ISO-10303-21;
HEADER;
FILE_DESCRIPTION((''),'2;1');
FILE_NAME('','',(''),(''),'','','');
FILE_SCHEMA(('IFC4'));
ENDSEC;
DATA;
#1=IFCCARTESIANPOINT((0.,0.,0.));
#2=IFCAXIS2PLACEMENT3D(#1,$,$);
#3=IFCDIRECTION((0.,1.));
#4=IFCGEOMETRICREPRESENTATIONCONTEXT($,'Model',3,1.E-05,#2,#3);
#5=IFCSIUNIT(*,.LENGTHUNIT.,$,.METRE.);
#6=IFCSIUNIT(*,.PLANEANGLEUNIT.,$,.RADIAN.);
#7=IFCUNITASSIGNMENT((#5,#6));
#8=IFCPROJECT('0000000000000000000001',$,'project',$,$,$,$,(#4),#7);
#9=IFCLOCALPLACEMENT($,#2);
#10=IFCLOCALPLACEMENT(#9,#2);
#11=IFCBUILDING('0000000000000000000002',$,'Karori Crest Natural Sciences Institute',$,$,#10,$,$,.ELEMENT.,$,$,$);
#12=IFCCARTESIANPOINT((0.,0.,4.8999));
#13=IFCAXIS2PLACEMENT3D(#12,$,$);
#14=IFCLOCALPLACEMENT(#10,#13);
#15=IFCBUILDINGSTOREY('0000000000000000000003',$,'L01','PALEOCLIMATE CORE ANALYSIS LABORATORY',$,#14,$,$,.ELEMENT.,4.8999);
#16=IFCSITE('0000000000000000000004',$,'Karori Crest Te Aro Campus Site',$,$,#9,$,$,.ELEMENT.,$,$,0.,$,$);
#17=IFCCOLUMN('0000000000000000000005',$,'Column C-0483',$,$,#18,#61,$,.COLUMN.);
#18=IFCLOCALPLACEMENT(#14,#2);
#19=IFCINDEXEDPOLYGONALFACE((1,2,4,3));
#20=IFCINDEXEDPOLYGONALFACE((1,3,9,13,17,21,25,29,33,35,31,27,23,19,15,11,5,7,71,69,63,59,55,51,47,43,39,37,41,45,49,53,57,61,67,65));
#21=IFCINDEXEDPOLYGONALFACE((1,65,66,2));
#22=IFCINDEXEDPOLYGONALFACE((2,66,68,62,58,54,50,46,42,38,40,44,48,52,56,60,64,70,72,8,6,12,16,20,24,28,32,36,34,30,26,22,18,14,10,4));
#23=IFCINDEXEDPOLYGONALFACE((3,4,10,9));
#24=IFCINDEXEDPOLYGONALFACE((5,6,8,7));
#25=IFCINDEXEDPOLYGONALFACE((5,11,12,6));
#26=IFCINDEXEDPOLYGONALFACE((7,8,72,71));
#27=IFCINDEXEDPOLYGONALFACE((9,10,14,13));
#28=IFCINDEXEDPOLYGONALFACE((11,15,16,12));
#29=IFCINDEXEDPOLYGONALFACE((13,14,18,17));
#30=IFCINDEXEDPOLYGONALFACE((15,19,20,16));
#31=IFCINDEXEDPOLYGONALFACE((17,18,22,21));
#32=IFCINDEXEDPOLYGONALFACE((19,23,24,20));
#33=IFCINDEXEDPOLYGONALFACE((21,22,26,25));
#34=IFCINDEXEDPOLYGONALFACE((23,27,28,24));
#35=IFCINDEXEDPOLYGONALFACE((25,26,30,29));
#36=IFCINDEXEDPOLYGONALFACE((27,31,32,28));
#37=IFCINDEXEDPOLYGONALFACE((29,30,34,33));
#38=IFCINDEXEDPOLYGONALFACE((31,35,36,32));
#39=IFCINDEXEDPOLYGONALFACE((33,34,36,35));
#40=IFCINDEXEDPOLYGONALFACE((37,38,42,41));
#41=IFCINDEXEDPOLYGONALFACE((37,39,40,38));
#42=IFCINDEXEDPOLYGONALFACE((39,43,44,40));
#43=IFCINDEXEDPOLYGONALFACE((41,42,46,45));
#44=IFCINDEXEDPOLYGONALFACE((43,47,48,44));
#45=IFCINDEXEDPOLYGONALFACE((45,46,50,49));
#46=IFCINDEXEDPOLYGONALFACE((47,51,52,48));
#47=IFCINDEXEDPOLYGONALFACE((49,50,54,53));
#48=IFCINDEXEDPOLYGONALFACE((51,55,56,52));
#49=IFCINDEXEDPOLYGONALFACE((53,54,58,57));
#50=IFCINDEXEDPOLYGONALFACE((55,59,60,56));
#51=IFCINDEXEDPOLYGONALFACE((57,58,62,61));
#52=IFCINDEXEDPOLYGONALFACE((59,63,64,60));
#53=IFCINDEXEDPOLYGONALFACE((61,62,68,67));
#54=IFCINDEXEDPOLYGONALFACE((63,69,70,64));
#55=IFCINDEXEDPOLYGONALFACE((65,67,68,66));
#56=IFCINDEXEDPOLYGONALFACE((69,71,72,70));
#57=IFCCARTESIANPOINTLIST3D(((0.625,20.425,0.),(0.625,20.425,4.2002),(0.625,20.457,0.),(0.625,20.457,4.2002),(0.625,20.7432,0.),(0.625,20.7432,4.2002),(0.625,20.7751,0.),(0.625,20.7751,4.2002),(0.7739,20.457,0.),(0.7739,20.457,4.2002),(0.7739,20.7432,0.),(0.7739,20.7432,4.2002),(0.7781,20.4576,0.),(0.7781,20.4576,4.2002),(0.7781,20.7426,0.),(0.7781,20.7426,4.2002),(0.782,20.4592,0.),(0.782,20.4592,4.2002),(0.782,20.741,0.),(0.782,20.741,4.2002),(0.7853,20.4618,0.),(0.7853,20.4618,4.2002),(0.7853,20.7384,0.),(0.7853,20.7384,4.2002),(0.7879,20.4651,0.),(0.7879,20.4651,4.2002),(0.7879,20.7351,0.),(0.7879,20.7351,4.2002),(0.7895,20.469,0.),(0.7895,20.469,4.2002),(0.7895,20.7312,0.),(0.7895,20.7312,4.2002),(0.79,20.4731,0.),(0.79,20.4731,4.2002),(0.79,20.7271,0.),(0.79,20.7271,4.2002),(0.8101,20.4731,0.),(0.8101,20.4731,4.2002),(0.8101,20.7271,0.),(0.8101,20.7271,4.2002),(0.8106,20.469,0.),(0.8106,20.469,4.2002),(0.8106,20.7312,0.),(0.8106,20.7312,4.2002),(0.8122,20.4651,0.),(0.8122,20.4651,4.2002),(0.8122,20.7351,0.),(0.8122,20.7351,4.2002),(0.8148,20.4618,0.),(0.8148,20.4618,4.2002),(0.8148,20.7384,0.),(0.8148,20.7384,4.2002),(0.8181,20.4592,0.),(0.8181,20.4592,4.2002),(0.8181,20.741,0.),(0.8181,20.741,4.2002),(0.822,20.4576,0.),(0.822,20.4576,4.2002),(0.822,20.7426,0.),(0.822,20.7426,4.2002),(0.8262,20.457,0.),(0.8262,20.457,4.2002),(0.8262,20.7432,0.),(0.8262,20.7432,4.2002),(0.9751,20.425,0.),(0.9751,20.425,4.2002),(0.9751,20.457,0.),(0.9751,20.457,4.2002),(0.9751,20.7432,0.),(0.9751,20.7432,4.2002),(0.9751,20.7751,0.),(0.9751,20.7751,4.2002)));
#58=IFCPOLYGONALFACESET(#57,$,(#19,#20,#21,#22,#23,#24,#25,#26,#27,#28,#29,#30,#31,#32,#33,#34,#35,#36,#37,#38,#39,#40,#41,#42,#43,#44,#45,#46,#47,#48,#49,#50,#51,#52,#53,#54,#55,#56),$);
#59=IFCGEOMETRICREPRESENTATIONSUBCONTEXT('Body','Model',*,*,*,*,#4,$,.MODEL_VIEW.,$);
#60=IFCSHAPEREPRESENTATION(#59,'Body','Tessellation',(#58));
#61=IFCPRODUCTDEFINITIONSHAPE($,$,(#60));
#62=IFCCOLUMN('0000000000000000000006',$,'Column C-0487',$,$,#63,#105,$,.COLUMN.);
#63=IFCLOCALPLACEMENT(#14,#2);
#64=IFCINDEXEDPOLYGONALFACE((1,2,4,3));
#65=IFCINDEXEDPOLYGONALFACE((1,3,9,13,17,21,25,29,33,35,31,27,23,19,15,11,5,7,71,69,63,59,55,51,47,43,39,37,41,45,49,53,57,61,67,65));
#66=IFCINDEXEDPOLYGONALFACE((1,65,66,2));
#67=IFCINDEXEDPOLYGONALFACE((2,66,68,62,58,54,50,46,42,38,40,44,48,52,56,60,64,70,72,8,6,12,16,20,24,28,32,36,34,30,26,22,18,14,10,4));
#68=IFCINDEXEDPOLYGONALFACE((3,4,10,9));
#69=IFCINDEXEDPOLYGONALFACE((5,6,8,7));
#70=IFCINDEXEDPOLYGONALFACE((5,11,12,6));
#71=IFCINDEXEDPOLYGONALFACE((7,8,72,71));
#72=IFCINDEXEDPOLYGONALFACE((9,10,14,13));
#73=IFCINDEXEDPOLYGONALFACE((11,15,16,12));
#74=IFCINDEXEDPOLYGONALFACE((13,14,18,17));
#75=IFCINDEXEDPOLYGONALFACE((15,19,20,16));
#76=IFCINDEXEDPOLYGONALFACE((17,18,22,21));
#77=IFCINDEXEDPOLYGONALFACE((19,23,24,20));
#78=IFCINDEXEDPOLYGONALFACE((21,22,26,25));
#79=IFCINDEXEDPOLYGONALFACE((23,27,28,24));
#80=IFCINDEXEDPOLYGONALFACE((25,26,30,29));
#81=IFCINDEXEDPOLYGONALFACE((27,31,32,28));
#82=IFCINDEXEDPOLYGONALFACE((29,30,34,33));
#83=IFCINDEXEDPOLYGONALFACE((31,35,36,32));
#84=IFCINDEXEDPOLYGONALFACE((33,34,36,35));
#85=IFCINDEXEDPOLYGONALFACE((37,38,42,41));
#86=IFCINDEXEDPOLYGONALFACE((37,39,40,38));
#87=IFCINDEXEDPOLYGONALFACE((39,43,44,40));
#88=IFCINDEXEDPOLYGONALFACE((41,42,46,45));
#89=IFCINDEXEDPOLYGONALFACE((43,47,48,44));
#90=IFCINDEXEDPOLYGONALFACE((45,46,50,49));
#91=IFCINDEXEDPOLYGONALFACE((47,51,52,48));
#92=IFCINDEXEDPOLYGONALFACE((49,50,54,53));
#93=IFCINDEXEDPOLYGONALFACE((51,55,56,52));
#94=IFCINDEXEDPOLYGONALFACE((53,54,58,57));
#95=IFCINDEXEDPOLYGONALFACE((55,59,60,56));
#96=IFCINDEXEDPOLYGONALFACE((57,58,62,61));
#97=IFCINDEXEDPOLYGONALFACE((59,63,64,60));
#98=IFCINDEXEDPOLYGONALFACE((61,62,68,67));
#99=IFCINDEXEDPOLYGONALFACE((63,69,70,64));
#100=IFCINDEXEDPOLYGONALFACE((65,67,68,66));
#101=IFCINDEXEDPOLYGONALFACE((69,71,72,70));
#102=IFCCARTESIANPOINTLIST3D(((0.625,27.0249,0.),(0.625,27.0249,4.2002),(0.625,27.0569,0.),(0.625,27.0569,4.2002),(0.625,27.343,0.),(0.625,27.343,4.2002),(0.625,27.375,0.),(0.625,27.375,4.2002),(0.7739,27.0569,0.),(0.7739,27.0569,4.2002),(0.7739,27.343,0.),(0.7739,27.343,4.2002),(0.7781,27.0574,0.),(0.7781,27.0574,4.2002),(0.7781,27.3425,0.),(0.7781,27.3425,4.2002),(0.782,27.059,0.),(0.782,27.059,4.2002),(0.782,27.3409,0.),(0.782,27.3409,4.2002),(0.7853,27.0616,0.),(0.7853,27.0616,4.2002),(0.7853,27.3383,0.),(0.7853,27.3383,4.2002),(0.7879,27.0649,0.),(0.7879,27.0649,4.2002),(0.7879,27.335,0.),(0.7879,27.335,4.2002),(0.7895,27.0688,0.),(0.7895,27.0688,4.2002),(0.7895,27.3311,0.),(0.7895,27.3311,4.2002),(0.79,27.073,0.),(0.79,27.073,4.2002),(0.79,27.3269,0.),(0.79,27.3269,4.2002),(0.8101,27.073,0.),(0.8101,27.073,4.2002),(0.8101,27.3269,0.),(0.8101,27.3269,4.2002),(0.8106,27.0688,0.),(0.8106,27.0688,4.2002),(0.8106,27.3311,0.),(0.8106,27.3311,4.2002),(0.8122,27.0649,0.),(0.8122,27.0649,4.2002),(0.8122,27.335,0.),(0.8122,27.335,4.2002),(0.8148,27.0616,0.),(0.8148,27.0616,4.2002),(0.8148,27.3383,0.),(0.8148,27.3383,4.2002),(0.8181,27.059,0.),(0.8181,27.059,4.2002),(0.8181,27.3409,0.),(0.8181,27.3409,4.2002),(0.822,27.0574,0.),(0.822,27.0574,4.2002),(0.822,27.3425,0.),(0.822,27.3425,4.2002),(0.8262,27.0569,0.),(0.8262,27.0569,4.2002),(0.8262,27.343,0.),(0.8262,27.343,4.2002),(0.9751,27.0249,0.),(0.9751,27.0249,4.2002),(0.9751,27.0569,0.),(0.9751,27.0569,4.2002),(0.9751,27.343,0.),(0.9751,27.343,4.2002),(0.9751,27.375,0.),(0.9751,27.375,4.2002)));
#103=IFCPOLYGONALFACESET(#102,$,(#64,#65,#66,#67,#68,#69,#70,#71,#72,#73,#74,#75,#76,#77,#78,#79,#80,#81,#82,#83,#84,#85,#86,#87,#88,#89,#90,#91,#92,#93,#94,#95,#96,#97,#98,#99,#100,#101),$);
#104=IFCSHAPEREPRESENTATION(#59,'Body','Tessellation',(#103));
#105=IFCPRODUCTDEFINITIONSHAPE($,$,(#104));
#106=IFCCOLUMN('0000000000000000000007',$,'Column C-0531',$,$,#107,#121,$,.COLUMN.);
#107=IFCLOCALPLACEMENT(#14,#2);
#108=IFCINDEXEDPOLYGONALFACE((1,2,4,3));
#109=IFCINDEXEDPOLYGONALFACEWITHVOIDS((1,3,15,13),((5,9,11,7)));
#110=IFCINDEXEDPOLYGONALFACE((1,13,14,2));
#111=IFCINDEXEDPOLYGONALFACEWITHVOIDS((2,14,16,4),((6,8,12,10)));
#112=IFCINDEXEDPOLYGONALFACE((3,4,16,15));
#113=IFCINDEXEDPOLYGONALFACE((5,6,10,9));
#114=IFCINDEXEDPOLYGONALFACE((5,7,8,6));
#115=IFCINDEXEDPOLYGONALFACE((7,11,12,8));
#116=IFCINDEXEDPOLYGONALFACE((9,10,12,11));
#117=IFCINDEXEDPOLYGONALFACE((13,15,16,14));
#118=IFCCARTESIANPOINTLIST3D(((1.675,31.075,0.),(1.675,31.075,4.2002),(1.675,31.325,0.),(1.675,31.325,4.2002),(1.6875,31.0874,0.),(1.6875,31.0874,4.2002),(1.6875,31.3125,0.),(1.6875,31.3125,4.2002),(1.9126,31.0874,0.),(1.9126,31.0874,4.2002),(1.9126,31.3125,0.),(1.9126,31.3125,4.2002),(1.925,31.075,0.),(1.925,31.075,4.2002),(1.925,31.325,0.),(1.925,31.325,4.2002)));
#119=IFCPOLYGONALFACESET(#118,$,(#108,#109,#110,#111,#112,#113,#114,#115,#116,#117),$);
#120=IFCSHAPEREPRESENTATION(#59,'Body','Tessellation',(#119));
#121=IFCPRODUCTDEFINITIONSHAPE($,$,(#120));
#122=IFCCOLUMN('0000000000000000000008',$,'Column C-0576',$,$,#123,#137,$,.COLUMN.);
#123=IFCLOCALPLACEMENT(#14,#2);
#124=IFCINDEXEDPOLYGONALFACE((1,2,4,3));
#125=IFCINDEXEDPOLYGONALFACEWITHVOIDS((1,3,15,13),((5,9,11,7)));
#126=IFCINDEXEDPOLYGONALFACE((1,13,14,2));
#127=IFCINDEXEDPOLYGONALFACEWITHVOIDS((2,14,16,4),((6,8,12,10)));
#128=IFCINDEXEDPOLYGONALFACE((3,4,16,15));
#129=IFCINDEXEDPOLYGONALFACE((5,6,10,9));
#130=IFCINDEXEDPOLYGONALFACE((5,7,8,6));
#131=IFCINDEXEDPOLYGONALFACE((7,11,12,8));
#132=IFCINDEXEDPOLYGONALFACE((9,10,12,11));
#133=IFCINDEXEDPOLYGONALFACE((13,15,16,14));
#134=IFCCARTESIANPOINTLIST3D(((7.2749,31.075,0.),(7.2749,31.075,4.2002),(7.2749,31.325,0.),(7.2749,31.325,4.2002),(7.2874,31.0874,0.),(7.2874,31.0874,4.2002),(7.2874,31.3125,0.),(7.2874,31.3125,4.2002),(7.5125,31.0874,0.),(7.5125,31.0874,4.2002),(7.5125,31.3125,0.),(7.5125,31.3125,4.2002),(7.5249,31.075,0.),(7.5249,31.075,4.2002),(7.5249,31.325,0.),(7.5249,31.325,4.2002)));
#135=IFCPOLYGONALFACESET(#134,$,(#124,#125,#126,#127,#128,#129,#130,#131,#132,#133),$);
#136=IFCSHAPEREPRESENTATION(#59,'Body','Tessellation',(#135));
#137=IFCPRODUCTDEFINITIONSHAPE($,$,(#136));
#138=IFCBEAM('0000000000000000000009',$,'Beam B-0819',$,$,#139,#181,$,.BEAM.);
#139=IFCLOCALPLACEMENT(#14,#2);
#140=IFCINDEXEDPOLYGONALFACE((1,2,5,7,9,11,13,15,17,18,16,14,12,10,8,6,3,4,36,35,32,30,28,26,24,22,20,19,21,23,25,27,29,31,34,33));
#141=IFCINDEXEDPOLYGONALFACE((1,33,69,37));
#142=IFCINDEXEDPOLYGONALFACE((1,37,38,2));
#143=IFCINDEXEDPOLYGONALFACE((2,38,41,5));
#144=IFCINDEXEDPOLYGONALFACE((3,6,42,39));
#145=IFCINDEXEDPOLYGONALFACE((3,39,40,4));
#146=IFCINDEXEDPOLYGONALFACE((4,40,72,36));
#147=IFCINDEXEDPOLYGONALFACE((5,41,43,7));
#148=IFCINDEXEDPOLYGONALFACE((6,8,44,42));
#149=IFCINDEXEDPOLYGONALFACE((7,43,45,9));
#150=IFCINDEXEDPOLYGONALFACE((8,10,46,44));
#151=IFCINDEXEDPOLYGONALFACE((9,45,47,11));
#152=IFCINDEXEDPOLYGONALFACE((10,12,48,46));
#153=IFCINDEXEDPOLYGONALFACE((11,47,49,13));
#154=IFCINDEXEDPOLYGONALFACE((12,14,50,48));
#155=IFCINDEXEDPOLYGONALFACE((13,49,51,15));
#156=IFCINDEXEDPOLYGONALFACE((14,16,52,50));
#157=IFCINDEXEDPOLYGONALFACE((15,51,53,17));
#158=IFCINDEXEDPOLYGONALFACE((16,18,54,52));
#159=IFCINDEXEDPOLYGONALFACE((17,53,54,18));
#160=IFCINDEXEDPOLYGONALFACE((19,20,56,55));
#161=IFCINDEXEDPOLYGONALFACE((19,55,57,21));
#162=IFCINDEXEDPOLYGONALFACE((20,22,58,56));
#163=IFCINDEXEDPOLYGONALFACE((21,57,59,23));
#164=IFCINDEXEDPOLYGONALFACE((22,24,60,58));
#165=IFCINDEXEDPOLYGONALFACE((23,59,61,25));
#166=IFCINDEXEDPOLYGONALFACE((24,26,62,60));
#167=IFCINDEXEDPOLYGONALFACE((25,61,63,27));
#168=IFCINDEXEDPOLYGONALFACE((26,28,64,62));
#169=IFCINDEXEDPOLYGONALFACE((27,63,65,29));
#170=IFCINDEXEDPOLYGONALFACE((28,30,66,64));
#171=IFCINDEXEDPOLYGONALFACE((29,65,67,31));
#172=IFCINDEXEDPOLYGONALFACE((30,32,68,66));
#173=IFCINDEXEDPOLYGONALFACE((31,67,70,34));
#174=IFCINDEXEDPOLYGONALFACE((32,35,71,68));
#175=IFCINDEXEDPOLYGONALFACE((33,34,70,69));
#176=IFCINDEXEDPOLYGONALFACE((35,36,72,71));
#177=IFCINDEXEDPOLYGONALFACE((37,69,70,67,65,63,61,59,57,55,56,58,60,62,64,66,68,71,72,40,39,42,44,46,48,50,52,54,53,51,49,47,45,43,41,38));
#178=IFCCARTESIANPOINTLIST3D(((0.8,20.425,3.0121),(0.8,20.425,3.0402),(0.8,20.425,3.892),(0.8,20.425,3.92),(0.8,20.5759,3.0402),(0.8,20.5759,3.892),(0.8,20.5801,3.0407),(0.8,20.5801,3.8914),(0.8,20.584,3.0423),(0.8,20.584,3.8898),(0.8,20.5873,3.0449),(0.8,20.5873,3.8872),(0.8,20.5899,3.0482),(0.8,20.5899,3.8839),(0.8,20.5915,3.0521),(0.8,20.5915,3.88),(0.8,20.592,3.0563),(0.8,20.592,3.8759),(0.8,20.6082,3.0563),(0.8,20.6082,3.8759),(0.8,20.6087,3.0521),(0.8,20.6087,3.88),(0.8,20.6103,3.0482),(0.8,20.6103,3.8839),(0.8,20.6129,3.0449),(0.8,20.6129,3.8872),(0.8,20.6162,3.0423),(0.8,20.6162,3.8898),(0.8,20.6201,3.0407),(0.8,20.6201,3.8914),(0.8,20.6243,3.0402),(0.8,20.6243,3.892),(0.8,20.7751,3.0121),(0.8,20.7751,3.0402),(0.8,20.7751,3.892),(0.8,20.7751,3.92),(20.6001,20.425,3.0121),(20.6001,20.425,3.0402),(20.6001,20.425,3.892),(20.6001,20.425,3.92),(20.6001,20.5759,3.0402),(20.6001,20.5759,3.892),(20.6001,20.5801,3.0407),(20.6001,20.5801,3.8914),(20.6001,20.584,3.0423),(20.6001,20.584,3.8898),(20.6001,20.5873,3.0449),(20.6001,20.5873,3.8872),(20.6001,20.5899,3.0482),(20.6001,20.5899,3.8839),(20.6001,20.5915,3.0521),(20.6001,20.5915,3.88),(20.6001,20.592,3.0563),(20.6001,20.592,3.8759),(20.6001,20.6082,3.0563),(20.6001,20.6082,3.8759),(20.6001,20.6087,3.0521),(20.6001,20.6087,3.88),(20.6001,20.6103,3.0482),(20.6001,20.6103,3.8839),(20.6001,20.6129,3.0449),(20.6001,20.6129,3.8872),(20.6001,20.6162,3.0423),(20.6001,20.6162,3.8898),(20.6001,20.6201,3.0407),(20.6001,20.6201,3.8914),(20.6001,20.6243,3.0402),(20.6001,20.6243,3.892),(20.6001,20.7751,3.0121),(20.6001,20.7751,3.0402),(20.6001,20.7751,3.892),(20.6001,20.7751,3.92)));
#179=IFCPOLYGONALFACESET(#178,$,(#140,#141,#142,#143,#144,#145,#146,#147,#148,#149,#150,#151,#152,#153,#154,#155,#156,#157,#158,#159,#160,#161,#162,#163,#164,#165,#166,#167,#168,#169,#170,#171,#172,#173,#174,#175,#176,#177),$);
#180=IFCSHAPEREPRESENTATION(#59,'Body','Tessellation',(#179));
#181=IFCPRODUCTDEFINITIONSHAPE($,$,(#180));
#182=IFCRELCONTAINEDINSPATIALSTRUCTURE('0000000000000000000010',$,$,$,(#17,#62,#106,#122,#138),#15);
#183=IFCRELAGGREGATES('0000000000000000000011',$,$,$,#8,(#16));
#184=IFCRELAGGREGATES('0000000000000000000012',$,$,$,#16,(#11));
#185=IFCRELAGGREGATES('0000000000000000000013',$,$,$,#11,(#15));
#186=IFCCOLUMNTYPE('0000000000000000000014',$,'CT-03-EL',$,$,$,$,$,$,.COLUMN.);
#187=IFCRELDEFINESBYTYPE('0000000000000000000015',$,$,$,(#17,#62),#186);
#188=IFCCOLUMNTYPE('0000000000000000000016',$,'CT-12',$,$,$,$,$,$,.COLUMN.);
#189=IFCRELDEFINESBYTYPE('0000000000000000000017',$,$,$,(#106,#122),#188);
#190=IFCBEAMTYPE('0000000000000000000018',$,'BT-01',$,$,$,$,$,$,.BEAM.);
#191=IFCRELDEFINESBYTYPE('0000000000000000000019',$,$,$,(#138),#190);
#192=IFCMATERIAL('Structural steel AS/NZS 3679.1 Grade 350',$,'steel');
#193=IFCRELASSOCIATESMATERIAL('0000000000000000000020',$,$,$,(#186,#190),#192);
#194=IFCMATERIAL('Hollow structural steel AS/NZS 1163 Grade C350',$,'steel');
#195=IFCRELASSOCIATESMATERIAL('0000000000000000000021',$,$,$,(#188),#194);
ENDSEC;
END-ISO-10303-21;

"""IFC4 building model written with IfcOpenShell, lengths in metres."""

from ifc_helpers import new_model, si_unit, direction, frame, origin, origin_2d, place, context, subcontext, project, spatial, hollow_rectangle, i_section, extrude, material, material_profile, profile_set, type_object, element, save


model = new_model("IFC4")

# Units and contexts
model_context = context("Model", 3, precision=1e-05, world=origin(), true_north=direction((0.0, 1.0)))
body_context = subcontext(model_context, "Body", "Model", "MODEL_VIEW")
ifc_project = project(units=[si_unit("LENGTHUNIT", "METRE"), si_unit("PLANEANGLEUNIT", "RADIAN")], contexts=[model_context])

# Site, building, storey
site_placement = place(None, origin())
site = spatial("IfcSite", under=ifc_project, at=site_placement, Name="Karori Crest Te Aro Campus Site", CompositionType="ELEMENT", RefElevation=0.0)
building_placement = place(site_placement, origin())
building = spatial("IfcBuilding", under=site, at=building_placement, Name="Karori Crest Natural Sciences Institute", CompositionType="ELEMENT")
storey_placement = place(building_placement, frame((0.0, 0.0, 4.8999)))
storey = spatial("IfcBuildingStorey", under=building, at=storey_placement, Name="L01", Description="PALEOCLIMATE CORE ANALYSIS LABORATORY", CompositionType="ELEMENT", Elevation=4.8999)

# Columns
ifc_material_1 = material(Name="Structural steel AS/NZS 3679.1 Grade 350", Category="steel")
ifc_material_profile_1 = material_profile(ifc_material_1, i_section(OverallWidth=0.3501, OverallDepth=0.3501, WebThickness=0.02, FlangeThickness=0.032, FilletRadius=0.0161, at=origin_2d()), Name="350WC280")
ifc_profile_set_1 = profile_set([ifc_material_profile_1], Name="Structural steel AS/NZS 3679.1 Grade 350")
column_type_1 = type_object("IfcColumnType", Name="CT-03-EL", PredefinedType="COLUMN", material=ifc_profile_set_1)
for number, where, z_axis, x_axis, name in (
    (1, (0.8, 20.6001, 0.0), (0.0, 0.0, 1.0), (1.0, 0.0, 0.0), "Column C-0483"),
    (2, (0.8, 27.2, 0.0), (0.0, 0.0, 1.0), (1.0, 0.0, 0.0), "Column C-0487"),
):
    element("IfcColumn", number, at=place(storey_placement, frame(where, z_axis=z_axis, x_axis=x_axis)), inside=storey, type_object=column_type_1, Name=name, PredefinedType="COLUMN", context=body_context, shape_type="SweptSolid", body=[
        extrude(i_section(OverallWidth=0.3501, OverallDepth=0.3501, WebThickness=0.02, FlangeThickness=0.032, FilletRadius=0.0161, at=origin_2d()), origin(), (0.0, 0.0, 1.0), 4.2002),
    ])
ifc_material_2 = material(Name="Hollow structural steel AS/NZS 1163 Grade C350", Category="steel")
ifc_material_profile_2 = material_profile(ifc_material_2, hollow_rectangle(XDim=0.25, YDim=0.25, WallThickness=0.0125, at=origin_2d()), Name="SHS250x250x12.5")
ifc_profile_set_2 = profile_set([ifc_material_profile_2], Name="Hollow structural steel AS/NZS 1163 Grade C350")
column_type_2 = type_object("IfcColumnType", Name="CT-12", PredefinedType="COLUMN", material=ifc_profile_set_2)
for number, where, z_axis, x_axis, name in (
    (3, (1.8, 31.2, 0.0), (0.0, 0.0, 1.0), (1.0, 0.0, 0.0), "Column C-0531"),
    (4, (7.3999, 31.2, 0.0), (0.0, 0.0, 1.0), (1.0, 0.0, 0.0), "Column C-0576"),
):
    element("IfcColumn", number, at=place(storey_placement, frame(where, z_axis=z_axis, x_axis=x_axis)), inside=storey, type_object=column_type_2, Name=name, PredefinedType="COLUMN", context=body_context, shape_type="SweptSolid", body=[
        extrude(hollow_rectangle(XDim=0.25, YDim=0.25, WallThickness=0.0125, at=origin_2d()), origin(), (0.0, 0.0, 1.0), 4.2002),
    ])

# Beam
ifc_material_profile_3 = material_profile(ifc_material_1, i_section(OverallWidth=0.3501, OverallDepth=0.908, WebThickness=0.0161, FlangeThickness=0.0281, FilletRadius=0.0161, at=origin_2d()), Name="900WB257")
ifc_profile_set_3 = profile_set([ifc_material_profile_3], Name="Structural steel AS/NZS 3679.1 Grade 350")
beam_type_1 = type_object("IfcBeamType", Name="BT-01", PredefinedType="BEAM", material=ifc_profile_set_3)
beam_1_placement = place(storey_placement, frame((0.8, 20.6001, 3.4661), z_axis=(1.0, 0.0, 0.0), x_axis=(0.0, 1.0, 0.0)))
element("IfcBeam", 5, at=beam_1_placement, inside=storey, type_object=beam_type_1, Name="Beam B-0819", PredefinedType="BEAM", context=body_context, shape_type="SweptSolid", body=[
    extrude(i_section(OverallWidth=0.3501, OverallDepth=0.908, WebThickness=0.0161, FlangeThickness=0.0281, FilletRadius=0.0161, at=origin_2d()), origin(), (0.0, 0.0, 1.0), 19.8),
])

save(model, "model.ifc")
